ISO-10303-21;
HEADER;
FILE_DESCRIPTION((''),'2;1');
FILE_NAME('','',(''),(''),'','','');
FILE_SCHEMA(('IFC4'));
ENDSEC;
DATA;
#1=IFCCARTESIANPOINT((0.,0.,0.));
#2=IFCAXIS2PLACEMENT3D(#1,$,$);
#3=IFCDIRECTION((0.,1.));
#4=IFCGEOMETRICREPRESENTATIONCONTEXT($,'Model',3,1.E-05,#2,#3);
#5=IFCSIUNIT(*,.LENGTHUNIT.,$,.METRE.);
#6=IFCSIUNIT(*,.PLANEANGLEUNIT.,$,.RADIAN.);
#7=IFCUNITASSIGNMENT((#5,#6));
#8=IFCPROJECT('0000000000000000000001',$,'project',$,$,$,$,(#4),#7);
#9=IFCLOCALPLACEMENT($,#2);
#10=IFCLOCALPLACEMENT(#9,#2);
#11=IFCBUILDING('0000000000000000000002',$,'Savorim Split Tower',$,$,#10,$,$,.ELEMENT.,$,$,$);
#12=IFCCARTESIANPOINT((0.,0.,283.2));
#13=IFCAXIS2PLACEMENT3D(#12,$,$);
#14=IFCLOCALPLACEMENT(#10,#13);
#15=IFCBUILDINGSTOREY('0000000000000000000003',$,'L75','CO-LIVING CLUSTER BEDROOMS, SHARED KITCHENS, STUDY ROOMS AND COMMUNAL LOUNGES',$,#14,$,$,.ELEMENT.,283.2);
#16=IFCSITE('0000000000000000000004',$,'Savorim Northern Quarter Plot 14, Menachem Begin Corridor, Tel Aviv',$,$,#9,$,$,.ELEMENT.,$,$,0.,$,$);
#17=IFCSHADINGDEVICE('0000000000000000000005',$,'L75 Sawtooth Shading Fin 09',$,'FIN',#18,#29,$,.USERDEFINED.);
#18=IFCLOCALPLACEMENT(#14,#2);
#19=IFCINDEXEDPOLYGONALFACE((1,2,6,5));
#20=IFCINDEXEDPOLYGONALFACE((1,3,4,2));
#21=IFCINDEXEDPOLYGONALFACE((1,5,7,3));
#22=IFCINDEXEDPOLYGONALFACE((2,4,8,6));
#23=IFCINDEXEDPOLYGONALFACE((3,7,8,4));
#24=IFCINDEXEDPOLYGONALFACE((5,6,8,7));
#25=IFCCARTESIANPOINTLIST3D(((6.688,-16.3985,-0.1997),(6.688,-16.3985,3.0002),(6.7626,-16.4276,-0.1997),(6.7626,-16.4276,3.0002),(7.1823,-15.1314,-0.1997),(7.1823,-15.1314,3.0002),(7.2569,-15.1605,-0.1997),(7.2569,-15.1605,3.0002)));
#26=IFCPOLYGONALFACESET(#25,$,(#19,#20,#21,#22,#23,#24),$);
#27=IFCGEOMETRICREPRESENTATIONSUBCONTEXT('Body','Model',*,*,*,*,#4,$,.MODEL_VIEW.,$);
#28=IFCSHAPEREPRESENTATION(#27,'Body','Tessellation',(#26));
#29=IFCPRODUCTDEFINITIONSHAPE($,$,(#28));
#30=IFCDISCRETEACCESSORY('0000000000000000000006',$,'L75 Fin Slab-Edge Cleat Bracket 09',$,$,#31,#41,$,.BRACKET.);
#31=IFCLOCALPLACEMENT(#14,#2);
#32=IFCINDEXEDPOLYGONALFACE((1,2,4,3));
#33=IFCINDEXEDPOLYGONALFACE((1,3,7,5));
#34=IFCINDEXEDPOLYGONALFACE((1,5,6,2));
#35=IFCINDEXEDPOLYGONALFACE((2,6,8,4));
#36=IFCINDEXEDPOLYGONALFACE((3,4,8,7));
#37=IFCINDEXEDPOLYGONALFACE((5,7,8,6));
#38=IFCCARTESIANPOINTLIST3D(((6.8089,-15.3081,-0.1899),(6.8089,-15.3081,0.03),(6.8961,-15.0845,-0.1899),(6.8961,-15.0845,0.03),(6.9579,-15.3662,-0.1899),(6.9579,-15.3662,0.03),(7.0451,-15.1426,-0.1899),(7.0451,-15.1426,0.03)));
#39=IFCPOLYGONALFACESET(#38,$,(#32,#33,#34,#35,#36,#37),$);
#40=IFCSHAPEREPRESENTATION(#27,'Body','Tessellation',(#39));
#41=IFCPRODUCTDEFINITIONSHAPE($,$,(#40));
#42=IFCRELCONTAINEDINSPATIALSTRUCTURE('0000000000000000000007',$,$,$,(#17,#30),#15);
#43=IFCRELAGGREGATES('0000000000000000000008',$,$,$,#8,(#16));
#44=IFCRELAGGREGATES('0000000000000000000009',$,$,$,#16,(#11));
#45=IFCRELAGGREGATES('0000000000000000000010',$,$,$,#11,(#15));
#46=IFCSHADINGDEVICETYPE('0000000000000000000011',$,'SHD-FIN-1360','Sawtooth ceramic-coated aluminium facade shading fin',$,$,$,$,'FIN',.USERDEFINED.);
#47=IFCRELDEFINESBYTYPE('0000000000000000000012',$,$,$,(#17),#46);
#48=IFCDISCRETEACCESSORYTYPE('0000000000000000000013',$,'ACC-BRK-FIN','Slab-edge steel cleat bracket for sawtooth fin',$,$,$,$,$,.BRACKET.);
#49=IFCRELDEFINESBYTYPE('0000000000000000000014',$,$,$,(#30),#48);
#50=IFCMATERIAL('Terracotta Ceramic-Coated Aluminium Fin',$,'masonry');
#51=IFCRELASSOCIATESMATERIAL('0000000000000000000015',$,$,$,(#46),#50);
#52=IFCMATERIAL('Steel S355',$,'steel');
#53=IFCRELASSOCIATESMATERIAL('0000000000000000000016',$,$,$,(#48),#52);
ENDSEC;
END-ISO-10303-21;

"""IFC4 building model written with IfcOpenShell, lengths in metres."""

from ifc_helpers import new_model, si_unit, direction, frame, origin, origin_2d, place, context, subcontext, project, spatial, rectangle, extrude, material, type_object, element, save


model = new_model("IFC4")

# Units and contexts
model_context = context("Model", 3, precision=1e-05, world=origin(), true_north=direction((0.0, 1.0)))
body_context = subcontext(model_context, "Body", "Model", "MODEL_VIEW")
ifc_project = project(units=[si_unit("LENGTHUNIT", "METRE"), si_unit("PLANEANGLEUNIT", "RADIAN")], contexts=[model_context])

# Site, building, storey
site_placement = place(None, origin())
site = spatial("IfcSite", under=ifc_project, at=site_placement, Name="Savorim Northern Quarter Plot 14, Menachem Begin Corridor, Tel Aviv", CompositionType="ELEMENT", RefElevation=0.0)
building_placement = place(site_placement, origin())
building = spatial("IfcBuilding", under=site, at=building_placement, Name="Savorim Split Tower", CompositionType="ELEMENT")
storey_placement = place(building_placement, frame((0.0, 0.0, 283.2)))
storey = spatial("IfcBuildingStorey", under=building, at=storey_placement, Name="L75", Description="CO-LIVING CLUSTER BEDROOMS, SHARED KITCHENS, STUDY ROOMS AND COMMUNAL LOUNGES", CompositionType="ELEMENT", Elevation=283.2)

# Shared definitions
ifc_material_1 = material(Name="Steel S355", Category="steel")

# Shading device
ifc_material_2 = material(Name="Terracotta Ceramic-Coated Aluminium Fin", Category="masonry")
shading_device_type = type_object("IfcShadingDeviceType", Name="SHD-FIN-1360", Description="Sawtooth ceramic-coated aluminium facade shading fin", ElementType="FIN", PredefinedType="USERDEFINED", material=ifc_material_2)
shading_device_placement = place(storey_placement, frame((6.9724, -15.7795, -0.1997), z_axis=(0.0, 0.0, 1.0), x_axis=(-0.363415, -0.931627, 0.0)))
element("IfcShadingDevice", 1, at=shading_device_placement, inside=storey, type_object=shading_device_type, Name="L75 Sawtooth Shading Fin 09", ObjectType="FIN", PredefinedType="USERDEFINED", context=body_context, shape_type="SweptSolid", body=[
    extrude(rectangle(XDim=1.3601, YDim=0.0801, at=origin_2d()), origin(), (0.0, 0.0, 1.0), 3.2),
])

# Discrete accessory
discrete_accessory_type = type_object("IfcDiscreteAccessoryType", Name="ACC-BRK-FIN", Description="Slab-edge steel cleat bracket for sawtooth fin", PredefinedType="BRACKET", material=ifc_material_1)
discrete_accessory_placement = place(storey_placement, frame((6.927, -15.2253, -0.1899), z_axis=(0.0, 0.0, 1.0), x_axis=(-0.363415, -0.931627, 0.0)))
element("IfcDiscreteAccessory", 2, at=discrete_accessory_placement, inside=storey, type_object=discrete_accessory_type, Name="L75 Fin Slab-Edge Cleat Bracket 09", PredefinedType="BRACKET", context=body_context, shape_type="SweptSolid", body=[
    extrude(rectangle(XDim=0.24, YDim=0.1599, at=origin_2d()), origin(), (0.0, 0.0, 1.0), 0.22),
])

save(model, "model.ifc")
